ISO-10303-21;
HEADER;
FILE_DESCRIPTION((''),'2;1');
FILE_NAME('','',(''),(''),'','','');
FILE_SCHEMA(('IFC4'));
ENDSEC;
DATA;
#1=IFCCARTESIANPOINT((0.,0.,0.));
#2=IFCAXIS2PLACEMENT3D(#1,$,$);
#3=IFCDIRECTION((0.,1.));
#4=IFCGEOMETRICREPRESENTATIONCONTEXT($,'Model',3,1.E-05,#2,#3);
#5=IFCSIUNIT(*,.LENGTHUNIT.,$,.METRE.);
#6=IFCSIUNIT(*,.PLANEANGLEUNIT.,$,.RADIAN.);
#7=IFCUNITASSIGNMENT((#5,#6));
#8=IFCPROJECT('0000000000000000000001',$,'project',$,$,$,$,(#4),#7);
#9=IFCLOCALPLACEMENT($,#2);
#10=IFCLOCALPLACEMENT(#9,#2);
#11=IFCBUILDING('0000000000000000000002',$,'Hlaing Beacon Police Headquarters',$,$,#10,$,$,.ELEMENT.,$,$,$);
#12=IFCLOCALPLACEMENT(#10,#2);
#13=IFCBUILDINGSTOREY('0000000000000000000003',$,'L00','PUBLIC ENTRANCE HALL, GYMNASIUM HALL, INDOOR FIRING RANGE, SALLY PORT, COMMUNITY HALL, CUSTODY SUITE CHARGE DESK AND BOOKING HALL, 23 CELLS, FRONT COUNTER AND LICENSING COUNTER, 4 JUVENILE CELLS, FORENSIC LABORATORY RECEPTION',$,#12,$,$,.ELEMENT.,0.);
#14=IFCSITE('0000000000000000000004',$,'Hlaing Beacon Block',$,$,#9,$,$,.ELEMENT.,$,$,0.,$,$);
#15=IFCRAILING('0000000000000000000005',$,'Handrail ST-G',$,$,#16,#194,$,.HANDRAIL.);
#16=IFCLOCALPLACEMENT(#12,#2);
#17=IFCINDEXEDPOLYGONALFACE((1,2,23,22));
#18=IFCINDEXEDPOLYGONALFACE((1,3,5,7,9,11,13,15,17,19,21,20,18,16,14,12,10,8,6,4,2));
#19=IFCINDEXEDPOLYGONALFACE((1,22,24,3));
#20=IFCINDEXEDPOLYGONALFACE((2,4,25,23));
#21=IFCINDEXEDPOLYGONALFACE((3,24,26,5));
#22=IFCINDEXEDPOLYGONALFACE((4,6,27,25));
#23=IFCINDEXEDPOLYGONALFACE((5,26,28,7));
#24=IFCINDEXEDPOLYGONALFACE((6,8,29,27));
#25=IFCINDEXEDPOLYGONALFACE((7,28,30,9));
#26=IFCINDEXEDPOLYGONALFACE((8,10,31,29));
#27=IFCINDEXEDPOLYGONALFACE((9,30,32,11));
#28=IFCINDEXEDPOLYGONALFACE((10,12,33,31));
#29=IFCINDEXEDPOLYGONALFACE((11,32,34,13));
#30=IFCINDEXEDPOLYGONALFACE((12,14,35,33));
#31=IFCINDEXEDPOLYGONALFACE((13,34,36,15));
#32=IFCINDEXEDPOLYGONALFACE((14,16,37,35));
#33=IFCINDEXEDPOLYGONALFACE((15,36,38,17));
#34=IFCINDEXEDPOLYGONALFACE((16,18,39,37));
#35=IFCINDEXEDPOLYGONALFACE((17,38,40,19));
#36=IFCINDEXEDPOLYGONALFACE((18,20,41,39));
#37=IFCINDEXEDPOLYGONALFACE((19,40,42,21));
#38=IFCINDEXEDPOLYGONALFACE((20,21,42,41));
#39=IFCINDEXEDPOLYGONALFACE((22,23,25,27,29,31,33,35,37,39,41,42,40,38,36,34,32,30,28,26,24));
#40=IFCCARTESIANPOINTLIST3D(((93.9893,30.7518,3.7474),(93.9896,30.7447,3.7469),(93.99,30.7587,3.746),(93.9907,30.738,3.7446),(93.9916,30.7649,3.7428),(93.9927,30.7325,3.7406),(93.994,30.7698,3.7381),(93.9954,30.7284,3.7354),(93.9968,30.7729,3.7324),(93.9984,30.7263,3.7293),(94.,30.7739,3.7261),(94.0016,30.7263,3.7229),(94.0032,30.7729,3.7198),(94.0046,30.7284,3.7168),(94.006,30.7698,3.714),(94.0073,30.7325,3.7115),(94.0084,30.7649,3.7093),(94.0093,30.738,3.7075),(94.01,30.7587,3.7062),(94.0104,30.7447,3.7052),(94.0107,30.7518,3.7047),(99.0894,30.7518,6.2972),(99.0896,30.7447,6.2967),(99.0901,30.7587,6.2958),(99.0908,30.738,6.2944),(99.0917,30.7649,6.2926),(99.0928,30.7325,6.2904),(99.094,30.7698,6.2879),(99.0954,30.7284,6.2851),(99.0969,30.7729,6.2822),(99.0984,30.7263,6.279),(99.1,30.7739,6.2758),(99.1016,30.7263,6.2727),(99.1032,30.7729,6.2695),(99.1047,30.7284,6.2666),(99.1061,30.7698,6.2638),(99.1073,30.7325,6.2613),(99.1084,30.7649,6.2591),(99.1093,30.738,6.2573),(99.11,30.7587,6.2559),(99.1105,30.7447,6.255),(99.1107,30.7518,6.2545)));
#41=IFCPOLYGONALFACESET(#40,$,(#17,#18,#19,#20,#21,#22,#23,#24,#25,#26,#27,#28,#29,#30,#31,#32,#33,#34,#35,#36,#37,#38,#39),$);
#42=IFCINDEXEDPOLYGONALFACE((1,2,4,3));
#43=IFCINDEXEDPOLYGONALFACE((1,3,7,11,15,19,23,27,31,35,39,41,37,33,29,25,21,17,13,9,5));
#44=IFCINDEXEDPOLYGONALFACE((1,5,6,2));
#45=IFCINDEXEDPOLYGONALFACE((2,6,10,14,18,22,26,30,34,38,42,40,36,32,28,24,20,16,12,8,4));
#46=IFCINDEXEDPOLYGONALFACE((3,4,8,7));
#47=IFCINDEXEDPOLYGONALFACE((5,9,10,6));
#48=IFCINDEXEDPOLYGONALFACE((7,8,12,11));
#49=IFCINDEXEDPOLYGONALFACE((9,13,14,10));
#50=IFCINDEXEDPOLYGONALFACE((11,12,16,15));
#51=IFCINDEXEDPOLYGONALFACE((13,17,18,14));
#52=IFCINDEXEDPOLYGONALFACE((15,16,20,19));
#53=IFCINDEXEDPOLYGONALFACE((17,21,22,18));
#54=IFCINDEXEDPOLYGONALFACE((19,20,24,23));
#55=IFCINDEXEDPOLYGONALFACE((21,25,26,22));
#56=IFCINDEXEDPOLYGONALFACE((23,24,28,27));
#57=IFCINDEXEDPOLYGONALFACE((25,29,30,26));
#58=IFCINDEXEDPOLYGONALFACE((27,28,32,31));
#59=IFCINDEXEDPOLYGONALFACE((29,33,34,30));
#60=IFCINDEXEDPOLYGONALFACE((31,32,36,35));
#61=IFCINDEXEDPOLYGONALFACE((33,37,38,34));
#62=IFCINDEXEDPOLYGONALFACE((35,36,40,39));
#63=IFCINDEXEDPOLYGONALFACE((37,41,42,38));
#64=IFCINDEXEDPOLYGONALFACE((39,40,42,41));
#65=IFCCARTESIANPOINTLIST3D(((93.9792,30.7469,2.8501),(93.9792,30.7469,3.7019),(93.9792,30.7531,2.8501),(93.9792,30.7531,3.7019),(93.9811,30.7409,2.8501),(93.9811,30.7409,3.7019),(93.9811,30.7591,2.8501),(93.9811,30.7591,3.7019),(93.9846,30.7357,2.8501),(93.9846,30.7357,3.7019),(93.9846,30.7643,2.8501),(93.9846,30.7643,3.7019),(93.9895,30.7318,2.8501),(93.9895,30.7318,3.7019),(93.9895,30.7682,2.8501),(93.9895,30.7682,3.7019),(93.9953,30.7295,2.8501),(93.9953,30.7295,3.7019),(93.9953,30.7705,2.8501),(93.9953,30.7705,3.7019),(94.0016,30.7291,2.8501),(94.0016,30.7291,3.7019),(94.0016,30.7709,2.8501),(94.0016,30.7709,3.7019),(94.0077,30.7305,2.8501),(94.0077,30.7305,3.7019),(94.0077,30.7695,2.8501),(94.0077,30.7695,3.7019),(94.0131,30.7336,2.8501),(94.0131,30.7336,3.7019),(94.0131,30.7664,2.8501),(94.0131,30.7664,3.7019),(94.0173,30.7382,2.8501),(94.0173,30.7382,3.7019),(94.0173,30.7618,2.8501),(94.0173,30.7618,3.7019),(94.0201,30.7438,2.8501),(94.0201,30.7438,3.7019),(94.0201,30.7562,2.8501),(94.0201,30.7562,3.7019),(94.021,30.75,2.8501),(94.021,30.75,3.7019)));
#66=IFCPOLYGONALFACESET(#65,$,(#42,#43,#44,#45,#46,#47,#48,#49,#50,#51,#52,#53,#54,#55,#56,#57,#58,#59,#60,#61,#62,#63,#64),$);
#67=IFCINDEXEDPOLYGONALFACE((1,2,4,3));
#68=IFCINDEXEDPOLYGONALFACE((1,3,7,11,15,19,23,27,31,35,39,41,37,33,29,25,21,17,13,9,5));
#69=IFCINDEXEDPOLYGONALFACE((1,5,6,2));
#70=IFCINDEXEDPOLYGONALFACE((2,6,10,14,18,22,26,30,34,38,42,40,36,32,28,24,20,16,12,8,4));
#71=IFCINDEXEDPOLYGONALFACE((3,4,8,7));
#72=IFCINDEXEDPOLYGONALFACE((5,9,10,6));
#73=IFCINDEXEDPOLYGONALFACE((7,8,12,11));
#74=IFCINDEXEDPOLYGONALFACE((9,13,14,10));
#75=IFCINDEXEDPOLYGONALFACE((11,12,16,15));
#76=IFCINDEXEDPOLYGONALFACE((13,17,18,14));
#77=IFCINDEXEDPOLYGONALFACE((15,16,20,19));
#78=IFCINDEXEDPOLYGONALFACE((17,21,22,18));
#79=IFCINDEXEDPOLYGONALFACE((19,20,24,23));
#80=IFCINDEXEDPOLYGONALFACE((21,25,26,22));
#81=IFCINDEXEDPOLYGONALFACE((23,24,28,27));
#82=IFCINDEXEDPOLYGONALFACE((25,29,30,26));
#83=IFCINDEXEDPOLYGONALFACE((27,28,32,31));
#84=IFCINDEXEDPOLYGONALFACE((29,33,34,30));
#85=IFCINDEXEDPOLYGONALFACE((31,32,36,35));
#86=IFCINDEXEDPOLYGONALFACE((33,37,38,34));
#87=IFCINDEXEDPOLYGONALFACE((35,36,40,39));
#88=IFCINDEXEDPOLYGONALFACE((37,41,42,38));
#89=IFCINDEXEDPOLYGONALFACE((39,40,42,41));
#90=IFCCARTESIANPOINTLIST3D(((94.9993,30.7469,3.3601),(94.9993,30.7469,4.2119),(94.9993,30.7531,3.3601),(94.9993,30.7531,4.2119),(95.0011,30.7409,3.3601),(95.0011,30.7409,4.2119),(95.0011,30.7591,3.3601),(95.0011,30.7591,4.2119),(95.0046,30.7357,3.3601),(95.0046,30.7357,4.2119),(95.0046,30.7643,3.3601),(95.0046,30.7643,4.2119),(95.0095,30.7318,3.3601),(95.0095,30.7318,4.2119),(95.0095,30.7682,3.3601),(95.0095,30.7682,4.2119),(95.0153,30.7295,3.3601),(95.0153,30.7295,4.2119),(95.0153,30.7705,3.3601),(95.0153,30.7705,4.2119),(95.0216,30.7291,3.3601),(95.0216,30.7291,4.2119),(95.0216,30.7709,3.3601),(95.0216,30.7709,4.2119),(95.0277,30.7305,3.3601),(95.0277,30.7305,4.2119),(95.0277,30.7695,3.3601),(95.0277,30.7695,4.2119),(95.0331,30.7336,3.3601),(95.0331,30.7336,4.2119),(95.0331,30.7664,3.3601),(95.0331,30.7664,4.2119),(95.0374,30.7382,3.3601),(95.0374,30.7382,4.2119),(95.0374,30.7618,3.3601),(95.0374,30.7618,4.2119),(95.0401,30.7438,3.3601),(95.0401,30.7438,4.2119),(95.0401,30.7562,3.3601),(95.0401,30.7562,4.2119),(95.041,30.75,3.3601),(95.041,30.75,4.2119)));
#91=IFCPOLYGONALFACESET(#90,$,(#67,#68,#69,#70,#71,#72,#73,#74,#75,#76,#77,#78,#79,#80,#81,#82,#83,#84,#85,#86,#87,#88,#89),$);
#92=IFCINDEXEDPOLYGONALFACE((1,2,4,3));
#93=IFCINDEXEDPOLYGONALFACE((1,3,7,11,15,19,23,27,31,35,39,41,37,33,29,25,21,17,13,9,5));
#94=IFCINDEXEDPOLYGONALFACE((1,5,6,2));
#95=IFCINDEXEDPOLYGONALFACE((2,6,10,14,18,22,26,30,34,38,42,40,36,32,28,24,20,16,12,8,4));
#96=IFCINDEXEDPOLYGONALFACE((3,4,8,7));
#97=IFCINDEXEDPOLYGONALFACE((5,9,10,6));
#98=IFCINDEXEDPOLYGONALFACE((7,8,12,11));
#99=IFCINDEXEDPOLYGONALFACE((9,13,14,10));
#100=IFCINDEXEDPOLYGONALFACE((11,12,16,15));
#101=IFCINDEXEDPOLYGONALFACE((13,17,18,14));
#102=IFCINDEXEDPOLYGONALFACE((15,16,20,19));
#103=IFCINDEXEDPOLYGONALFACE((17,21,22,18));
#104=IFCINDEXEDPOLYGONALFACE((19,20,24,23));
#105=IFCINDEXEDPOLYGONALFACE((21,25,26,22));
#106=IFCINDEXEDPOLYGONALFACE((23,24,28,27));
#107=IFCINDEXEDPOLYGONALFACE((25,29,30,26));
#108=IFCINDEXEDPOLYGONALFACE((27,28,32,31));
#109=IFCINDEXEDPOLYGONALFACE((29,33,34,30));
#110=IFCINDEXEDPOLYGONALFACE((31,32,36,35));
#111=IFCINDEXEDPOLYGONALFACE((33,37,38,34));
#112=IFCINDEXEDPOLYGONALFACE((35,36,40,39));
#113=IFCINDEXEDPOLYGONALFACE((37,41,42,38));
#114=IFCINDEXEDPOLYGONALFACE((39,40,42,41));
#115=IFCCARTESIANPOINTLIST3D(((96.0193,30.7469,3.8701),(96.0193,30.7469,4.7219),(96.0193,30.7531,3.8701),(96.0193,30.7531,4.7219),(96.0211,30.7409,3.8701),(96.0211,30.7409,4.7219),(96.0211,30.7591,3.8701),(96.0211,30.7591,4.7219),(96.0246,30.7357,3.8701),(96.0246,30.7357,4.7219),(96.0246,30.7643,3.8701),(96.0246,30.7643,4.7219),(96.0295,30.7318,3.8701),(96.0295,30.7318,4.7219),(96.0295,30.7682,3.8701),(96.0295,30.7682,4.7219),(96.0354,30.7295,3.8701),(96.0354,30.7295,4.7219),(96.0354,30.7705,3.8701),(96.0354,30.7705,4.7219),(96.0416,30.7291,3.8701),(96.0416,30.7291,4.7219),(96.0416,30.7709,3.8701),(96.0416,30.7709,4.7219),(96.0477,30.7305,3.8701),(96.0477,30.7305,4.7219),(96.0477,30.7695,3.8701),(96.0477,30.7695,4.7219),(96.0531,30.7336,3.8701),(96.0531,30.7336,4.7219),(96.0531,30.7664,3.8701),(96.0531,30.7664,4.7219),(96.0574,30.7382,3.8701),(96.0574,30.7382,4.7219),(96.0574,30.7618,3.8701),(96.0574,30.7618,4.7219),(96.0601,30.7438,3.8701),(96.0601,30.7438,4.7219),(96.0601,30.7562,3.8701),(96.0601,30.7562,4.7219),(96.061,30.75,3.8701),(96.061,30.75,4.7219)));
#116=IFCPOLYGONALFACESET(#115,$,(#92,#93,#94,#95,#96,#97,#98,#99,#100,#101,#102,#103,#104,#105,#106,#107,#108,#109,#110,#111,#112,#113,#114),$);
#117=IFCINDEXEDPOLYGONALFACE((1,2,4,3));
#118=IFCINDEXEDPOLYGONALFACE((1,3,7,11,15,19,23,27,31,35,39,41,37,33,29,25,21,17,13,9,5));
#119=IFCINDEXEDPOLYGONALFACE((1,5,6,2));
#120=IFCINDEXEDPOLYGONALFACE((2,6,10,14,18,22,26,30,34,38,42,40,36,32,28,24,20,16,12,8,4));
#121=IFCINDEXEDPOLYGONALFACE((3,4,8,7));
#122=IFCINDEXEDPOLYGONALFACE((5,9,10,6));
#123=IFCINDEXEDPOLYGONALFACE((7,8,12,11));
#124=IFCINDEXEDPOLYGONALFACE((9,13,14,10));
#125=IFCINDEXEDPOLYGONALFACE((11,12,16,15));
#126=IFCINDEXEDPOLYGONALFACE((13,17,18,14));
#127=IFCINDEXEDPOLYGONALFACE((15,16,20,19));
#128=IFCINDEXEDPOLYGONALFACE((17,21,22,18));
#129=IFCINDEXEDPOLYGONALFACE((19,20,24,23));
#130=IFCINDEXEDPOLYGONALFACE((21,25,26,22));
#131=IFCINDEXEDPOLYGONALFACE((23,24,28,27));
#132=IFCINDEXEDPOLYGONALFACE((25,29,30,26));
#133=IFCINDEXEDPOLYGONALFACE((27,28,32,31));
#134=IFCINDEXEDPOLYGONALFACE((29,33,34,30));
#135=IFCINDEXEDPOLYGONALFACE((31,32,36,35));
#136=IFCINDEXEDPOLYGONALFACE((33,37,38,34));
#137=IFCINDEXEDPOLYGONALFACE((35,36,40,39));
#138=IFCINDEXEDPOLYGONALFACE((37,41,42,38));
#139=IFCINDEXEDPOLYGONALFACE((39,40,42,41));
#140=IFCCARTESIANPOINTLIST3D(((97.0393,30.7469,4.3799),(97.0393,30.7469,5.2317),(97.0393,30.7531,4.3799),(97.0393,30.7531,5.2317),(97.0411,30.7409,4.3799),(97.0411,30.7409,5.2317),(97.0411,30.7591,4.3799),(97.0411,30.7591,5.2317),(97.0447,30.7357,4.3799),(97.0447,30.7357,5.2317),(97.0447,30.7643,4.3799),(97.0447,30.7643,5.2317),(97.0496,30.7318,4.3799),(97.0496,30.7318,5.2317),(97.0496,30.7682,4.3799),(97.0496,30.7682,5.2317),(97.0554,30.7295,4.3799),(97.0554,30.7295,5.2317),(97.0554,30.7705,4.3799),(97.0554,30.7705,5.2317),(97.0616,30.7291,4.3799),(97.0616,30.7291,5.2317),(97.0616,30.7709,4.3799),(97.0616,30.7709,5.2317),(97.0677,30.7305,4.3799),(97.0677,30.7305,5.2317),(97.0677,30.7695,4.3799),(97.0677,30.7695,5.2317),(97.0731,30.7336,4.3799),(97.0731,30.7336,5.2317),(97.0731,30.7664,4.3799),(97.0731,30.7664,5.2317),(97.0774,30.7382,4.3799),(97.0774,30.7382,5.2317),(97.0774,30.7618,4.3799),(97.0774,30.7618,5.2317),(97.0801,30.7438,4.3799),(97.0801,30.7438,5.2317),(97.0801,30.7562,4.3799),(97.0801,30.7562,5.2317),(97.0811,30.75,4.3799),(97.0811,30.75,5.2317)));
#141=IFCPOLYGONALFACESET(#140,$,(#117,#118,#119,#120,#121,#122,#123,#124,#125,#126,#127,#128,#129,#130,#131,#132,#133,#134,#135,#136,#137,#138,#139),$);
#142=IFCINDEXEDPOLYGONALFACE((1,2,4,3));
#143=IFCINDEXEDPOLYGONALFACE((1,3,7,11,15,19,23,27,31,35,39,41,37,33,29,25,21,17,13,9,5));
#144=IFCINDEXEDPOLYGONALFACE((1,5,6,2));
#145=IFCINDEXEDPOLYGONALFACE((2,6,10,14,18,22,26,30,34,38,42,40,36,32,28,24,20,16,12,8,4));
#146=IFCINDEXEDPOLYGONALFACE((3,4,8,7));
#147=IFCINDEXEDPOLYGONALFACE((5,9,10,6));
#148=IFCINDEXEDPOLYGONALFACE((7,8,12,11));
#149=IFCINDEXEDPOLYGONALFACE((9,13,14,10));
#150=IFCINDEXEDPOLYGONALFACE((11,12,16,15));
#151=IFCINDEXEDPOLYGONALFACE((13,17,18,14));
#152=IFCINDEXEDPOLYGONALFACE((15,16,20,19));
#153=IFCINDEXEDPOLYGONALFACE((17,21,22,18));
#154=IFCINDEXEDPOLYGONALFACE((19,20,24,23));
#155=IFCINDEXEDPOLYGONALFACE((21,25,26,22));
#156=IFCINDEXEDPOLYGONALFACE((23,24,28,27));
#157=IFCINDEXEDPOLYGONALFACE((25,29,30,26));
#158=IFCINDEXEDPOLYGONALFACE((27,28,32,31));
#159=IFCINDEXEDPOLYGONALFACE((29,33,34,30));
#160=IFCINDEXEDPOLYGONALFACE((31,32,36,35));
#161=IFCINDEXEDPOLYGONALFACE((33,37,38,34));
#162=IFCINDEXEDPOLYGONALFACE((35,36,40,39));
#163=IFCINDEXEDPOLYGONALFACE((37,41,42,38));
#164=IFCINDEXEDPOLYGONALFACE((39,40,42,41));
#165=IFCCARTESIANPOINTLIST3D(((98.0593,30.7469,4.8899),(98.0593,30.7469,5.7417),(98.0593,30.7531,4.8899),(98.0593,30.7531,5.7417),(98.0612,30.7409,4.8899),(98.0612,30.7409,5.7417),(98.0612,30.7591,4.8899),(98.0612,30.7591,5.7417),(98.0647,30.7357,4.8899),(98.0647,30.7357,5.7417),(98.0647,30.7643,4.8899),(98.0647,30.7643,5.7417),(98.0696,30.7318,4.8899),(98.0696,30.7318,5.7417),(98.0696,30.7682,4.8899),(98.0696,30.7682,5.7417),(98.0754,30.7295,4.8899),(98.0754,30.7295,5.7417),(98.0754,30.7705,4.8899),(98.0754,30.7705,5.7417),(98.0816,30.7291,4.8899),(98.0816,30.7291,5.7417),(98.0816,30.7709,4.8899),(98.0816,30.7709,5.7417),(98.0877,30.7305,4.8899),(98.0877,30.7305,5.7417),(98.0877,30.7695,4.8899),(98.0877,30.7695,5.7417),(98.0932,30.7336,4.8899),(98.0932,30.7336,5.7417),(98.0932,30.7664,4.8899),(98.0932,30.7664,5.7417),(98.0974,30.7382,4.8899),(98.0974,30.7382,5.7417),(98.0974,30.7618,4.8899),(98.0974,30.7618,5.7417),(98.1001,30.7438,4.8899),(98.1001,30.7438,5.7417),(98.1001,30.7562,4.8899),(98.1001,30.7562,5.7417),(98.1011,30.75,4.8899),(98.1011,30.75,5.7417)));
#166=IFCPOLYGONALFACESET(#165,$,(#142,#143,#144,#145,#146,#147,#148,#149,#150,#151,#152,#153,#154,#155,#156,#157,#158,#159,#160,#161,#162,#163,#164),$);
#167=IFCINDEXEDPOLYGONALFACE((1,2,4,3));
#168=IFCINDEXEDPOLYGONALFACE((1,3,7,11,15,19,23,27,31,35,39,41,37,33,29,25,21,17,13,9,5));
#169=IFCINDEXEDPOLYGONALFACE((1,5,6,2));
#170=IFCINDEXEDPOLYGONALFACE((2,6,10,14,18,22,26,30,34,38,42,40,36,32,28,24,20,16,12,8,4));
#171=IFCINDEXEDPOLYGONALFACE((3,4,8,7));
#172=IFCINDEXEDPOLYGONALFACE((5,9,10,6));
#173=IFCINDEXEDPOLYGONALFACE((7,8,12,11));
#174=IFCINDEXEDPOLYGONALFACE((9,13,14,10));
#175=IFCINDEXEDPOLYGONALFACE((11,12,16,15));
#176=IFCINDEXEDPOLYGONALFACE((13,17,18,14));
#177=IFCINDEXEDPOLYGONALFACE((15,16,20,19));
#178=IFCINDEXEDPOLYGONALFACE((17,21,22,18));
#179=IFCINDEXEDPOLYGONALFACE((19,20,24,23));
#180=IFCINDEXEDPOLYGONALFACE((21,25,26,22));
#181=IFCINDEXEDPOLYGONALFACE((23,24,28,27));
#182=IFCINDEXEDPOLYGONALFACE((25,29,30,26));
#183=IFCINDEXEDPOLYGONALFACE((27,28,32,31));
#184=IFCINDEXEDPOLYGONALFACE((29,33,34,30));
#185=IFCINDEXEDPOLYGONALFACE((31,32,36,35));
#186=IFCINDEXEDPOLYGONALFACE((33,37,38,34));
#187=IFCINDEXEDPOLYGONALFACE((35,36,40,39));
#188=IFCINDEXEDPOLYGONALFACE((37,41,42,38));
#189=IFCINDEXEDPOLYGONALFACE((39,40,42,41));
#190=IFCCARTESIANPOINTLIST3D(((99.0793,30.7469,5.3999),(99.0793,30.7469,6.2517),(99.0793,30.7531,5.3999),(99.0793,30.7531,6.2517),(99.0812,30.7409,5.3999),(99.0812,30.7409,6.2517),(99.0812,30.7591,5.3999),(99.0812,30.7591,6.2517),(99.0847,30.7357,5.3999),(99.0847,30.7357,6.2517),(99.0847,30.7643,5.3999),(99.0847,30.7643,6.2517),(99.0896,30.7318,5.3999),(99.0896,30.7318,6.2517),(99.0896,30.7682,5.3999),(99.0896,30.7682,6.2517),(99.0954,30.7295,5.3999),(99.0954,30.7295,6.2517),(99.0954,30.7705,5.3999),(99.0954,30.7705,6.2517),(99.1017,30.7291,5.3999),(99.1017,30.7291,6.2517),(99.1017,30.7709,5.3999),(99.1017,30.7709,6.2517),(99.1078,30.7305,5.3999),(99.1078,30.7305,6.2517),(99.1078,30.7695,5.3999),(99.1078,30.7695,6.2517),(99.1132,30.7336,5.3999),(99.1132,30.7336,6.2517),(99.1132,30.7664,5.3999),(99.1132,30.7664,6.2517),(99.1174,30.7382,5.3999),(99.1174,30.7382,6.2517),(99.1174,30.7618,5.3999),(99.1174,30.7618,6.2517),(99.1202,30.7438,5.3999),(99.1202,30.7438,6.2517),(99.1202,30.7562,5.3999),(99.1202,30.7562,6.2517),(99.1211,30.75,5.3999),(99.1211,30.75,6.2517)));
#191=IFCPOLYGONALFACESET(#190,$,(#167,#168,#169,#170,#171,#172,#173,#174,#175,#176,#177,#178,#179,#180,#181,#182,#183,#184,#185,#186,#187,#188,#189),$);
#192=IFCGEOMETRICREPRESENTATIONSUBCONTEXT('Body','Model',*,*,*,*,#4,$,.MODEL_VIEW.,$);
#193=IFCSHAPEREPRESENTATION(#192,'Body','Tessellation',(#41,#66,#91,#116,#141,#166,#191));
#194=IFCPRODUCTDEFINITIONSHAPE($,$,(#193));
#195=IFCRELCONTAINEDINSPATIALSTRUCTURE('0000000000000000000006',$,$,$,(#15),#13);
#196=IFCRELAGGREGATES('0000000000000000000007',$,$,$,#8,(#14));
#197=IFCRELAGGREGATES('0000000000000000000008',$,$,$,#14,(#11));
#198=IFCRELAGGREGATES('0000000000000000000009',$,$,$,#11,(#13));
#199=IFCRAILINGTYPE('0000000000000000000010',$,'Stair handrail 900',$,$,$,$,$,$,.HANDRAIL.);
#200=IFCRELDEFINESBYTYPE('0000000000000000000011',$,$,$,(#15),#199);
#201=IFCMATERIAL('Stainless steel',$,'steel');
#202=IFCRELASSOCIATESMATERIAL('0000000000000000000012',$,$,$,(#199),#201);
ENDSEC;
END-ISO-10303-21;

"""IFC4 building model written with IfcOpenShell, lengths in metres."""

from ifc_helpers import new_model, si_unit, direction, frame, origin, origin_2d, place, context, subcontext, project, spatial, circle, extrude, material, type_object, element, save


model = new_model("IFC4")

# Units and contexts
model_context = context("Model", 3, precision=1e-05, world=origin(), true_north=direction((0.0, 1.0)))
body_context = subcontext(model_context, "Body", "Model", "MODEL_VIEW")
ifc_project = project(units=[si_unit("LENGTHUNIT", "METRE"), si_unit("PLANEANGLEUNIT", "RADIAN")], contexts=[model_context])

# Site, building, storey
site_placement = place(None, origin())
site = spatial("IfcSite", under=ifc_project, at=site_placement, Name="Hlaing Beacon Block", CompositionType="ELEMENT", RefElevation=0.0)
building_placement = place(site_placement, origin())
building = spatial("IfcBuilding", under=site, at=building_placement, Name="Hlaing Beacon Police Headquarters", CompositionType="ELEMENT")
storey_placement = place(building_placement, origin())
storey = spatial("IfcBuildingStorey", under=building, at=storey_placement, Name="L00", Description="PUBLIC ENTRANCE HALL, GYMNASIUM HALL, INDOOR FIRING RANGE, SALLY PORT, COMMUNITY HALL, CUSTODY SUITE CHARGE DESK AND BOOKING HALL, 23 CELLS, FRONT COUNTER AND LICENSING COUNTER, 4 JUVENILE CELLS, FORENSIC LABORATORY RECEPTION", CompositionType="ELEMENT", Elevation=0.0)

# Railing
ifc_material_1 = material(Name="Stainless steel", Category="steel")
railing_type = type_object("IfcRailingType", Name="Stair handrail 900", PredefinedType="HANDRAIL", material=ifc_material_1)
railing_placement = place(storey_placement, frame((94.0, 30.75, 2.8501)))
element("IfcRailing", 1, at=railing_placement, inside=storey, type_object=railing_type, Name="Handrail ST-G", PredefinedType="HANDRAIL", context=body_context, shape_type="SweptSolid", body=[
    extrude(circle(Radius=0.0239, at=origin_2d()), frame((0.0, 0.0, 0.876), z_axis=(0.894444, 0.0, 0.447179), x_axis=(0.0, 1.0, 0.0)), (0.0, 0.0, 1.0), 5.7019),
    extrude(circle(Radius=0.021, at=origin_2d()), origin(), (0.0, 0.0, 1.0), 0.8518),
    extrude(circle(Radius=0.021, at=origin_2d()), frame((1.02, 0.0, 0.51)), (0.0, 0.0, 1.0), 0.8518),
    extrude(circle(Radius=0.021, at=origin_2d()), frame((2.04, 0.0, 1.02)), (0.0, 0.0, 1.0), 0.8518),
    extrude(circle(Radius=0.021, at=origin_2d()), frame((3.0601, 0.0, 1.5298)), (0.0, 0.0, 1.0), 0.8518),
    extrude(circle(Radius=0.021, at=origin_2d()), frame((4.0801, 0.0, 2.0398)), (0.0, 0.0, 1.0), 0.8518),
    extrude(circle(Radius=0.021, at=origin_2d()), frame((5.1001, 0.0, 2.5498)), (0.0, 0.0, 1.0), 0.8518),
])

save(model, "model.ifc")
